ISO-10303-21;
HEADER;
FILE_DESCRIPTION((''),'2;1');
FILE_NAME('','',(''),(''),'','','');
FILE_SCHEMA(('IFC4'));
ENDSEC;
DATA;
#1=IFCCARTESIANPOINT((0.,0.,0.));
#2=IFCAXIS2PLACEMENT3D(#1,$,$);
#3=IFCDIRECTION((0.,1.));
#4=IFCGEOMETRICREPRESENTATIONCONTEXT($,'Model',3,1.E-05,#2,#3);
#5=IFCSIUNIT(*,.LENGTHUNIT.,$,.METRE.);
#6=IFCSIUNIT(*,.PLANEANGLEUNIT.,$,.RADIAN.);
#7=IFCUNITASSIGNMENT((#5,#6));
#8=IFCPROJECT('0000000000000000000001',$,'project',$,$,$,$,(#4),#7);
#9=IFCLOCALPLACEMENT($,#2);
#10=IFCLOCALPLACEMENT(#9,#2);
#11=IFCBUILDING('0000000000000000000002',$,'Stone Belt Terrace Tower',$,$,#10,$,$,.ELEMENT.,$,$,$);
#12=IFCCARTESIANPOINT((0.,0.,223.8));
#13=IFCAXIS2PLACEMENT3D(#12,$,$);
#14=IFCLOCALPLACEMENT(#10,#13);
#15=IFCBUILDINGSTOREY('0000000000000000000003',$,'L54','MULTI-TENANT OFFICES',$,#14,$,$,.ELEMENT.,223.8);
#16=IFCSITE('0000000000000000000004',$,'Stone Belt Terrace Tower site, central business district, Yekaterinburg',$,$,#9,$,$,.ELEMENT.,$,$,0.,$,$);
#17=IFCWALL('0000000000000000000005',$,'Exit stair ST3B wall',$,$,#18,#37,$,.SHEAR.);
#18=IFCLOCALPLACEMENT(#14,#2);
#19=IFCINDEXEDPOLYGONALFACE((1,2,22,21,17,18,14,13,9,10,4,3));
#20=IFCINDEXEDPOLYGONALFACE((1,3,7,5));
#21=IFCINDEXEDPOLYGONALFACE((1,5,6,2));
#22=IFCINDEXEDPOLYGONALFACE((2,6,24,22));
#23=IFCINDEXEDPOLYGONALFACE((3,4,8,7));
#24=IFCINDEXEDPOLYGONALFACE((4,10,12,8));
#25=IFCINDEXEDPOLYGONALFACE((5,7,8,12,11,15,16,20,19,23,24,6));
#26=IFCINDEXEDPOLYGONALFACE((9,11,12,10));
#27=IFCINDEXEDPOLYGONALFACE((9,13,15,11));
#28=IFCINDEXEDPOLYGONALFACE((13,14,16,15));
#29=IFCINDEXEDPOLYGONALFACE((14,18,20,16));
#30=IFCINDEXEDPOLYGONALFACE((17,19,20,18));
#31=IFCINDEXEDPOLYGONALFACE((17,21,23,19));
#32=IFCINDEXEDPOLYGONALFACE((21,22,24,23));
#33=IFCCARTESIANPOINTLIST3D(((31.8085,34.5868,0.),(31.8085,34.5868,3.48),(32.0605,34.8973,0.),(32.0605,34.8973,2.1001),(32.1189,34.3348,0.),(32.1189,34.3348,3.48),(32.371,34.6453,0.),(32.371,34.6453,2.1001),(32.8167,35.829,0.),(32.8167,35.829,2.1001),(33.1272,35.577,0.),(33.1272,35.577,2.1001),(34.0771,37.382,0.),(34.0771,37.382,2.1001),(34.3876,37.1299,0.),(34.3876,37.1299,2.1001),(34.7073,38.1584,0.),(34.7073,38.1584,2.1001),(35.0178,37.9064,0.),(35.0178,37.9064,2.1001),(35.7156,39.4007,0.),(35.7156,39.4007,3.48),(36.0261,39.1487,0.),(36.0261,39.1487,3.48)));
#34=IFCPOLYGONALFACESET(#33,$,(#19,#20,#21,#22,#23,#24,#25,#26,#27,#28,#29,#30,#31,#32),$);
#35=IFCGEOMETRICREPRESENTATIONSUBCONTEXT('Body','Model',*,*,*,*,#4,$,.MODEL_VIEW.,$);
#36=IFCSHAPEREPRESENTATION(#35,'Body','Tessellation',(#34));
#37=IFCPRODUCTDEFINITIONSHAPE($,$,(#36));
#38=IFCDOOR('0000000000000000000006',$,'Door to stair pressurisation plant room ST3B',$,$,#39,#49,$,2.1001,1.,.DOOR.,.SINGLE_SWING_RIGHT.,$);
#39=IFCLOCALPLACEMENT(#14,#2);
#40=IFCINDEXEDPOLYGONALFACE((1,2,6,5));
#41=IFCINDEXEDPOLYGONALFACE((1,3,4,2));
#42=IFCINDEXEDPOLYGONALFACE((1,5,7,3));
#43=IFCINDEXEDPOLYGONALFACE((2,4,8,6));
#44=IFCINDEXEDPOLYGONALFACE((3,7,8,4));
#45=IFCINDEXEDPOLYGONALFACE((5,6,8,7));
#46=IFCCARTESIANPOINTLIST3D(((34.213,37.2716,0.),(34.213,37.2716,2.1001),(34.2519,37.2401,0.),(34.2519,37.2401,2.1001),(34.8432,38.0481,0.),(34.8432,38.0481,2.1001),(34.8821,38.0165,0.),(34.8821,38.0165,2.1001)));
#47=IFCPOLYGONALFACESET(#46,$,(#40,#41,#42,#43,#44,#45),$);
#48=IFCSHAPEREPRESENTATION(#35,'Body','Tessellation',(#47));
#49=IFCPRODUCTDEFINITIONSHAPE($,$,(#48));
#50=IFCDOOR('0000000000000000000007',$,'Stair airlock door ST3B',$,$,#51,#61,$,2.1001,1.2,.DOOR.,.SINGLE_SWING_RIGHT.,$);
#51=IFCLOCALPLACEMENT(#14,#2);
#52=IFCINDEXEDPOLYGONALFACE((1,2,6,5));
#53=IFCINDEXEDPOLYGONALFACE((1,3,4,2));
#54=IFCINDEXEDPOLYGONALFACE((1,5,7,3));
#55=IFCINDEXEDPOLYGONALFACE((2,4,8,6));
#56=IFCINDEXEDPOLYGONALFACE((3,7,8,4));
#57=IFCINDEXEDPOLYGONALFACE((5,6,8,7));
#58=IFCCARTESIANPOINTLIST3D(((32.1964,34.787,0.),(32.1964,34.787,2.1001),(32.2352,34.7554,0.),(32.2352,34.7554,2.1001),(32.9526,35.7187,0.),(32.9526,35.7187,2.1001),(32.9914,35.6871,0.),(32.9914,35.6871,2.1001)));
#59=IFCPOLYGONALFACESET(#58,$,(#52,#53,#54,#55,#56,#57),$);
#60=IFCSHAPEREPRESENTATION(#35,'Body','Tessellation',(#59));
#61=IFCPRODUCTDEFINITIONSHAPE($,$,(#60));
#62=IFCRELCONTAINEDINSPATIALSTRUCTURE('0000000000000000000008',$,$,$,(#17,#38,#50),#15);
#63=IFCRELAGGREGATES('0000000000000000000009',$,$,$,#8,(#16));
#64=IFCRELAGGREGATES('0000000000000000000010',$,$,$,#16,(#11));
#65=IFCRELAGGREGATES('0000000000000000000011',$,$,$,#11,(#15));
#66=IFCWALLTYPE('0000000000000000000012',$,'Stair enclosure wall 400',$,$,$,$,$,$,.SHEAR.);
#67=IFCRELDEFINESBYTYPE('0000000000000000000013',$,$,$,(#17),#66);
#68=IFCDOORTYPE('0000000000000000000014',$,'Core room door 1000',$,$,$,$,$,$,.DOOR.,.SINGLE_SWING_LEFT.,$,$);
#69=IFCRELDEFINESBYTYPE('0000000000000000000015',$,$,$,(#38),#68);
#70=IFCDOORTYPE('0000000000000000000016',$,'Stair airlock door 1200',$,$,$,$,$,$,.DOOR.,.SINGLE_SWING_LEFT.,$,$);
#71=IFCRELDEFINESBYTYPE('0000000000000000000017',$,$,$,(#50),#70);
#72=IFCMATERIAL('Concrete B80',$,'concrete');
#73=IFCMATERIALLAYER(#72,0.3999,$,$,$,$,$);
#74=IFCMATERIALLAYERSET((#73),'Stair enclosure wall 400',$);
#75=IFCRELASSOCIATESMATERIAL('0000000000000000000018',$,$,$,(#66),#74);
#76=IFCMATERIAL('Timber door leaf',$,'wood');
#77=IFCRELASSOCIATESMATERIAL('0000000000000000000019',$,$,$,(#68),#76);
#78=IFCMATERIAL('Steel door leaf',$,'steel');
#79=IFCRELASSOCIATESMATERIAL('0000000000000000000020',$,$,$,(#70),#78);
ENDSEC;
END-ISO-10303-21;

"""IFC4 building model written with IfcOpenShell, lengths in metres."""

from ifc_helpers import new_model, si_unit, direction, frame, frame_2d, origin, place, context, subcontext, project, spatial, rectangle, extrude, material, layer, layer_set, type_object, element, fill, save


model = new_model("IFC4")

# Units and contexts
model_context = context("Model", 3, precision=1e-05, world=origin(), true_north=direction((0.0, 1.0)))
body_context = subcontext(model_context, "Body", "Model", "MODEL_VIEW")
ifc_project = project(units=[si_unit("LENGTHUNIT", "METRE"), si_unit("PLANEANGLEUNIT", "RADIAN")], contexts=[model_context])

# Site, building, storey
site_placement = place(None, origin())
site = spatial("IfcSite", under=ifc_project, at=site_placement, Name="Stone Belt Terrace Tower site, central business district, Yekaterinburg", CompositionType="ELEMENT", RefElevation=0.0)
building_placement = place(site_placement, origin())
building = spatial("IfcBuilding", under=site, at=building_placement, Name="Stone Belt Terrace Tower", CompositionType="ELEMENT")
storey_placement = place(building_placement, frame((0.0, 0.0, 223.8)))
storey = spatial("IfcBuildingStorey", under=building, at=storey_placement, Name="L54", Description="MULTI-TENANT OFFICES", CompositionType="ELEMENT", Elevation=223.8)

# Shared definitions
ifc_material_1 = material(Name="Timber door leaf", Category="wood")

# Wall, openings, doors
ifc_material_2 = material(Name="Concrete B80", Category="concrete")
ifc_layer_1 = layer(ifc_material_2, 0.3999)
ifc_layer_set_1 = layer_set([ifc_layer_1], Name="Stair enclosure wall 400")
wall_type_1 = type_object("IfcWallType", Name="Stair enclosure wall 400", PredefinedType="SHEAR", material=ifc_layer_set_1)
wall_1_placement = place(storey_placement, frame((31.9636, 34.4607, 0.0), z_axis=(0.0, 0.0, 1.0), x_axis=(0.630192, 0.776439, 0.0)))
wall_1 = element("IfcWall", 1, at=wall_1_placement, inside=storey, type_object=wall_type_1, Name="Exit stair ST3B wall", PredefinedType="SHEAR", context=body_context, shape_type="SweptSolid", body=[
    extrude(rectangle(XDim=6.2, YDim=0.3999, at=frame_2d((3.1001, 0.0))), origin(), (0.0, 0.0, 1.0), 3.48),
])
opening_1_placement = place(wall_1_placement, frame((0.3999, 0.0, 0.0)))
opening_1 = element("IfcOpeningElement", 2, at=opening_1_placement, cuts=wall_1, PredefinedType="OPENING", context=body_context, shape_type="SweptSolid", body=[
    extrude(rectangle(XDim=1.2, YDim=2.1001, at=frame_2d((0.6001, 1.05))), frame((0.0, 0.21, 0.0), z_axis=(0.0, -1.0, 0.0), x_axis=(1.0, 0.0, 0.0)), (0.0, 0.0, 1.0), 0.4199),
])
opening_2_placement = place(wall_1_placement, frame((3.6001, 0.0, 0.0)))
opening_2 = element("IfcOpeningElement", 3, at=opening_2_placement, cuts=wall_1, PredefinedType="OPENING", context=body_context, shape_type="SweptSolid", body=[
    extrude(rectangle(XDim=1.0, YDim=2.1001, at=frame_2d((0.5, 1.05))), frame((0.0, 0.21, 0.0), z_axis=(0.0, -1.0, 0.0), x_axis=(1.0, 0.0, 0.0)), (0.0, 0.0, 1.0), 0.4199),
])
door_type_1 = type_object("IfcDoorType", Name="Core room door 1000", OperationType="SINGLE_SWING_LEFT", PredefinedType="DOOR", material=ifc_material_1)
door_1_placement = place(opening_2_placement, origin())
door_1 = element("IfcDoor", 4, at=door_1_placement, inside=storey, type_object=door_type_1, Name="Door to stair pressurisation plant room ST3B", OperationType="SINGLE_SWING_RIGHT", OverallHeight=2.1001, OverallWidth=1.0, PredefinedType="DOOR", context=body_context, shape_type="SweptSolid", body=[
    extrude(rectangle(XDim=1.0, YDim=2.1001, at=frame_2d((0.5, 1.05))), frame((0.0, 0.0249, 0.0), z_axis=(0.0, -1.0, 0.0), x_axis=(1.0, 0.0, 0.0)), (0.0, 0.0, 1.0), 0.05),
])
fill(opening_2, door_1)
ifc_material_3 = material(Name="Steel door leaf", Category="steel")
door_type_2 = type_object("IfcDoorType", Name="Stair airlock door 1200", OperationType="SINGLE_SWING_LEFT", PredefinedType="DOOR", material=ifc_material_3)
door_2_placement = place(opening_1_placement, origin())
door_2 = element("IfcDoor", 5, at=door_2_placement, inside=storey, type_object=door_type_2, Name="Stair airlock door ST3B", OperationType="SINGLE_SWING_RIGHT", OverallHeight=2.1001, OverallWidth=1.2, PredefinedType="DOOR", context=body_context, shape_type="SweptSolid", body=[
    extrude(rectangle(XDim=1.2, YDim=2.1001, at=frame_2d((0.6001, 1.05))), frame((0.0, 0.0249, 0.0), z_axis=(0.0, -1.0, 0.0), x_axis=(1.0, 0.0, 0.0)), (0.0, 0.0, 1.0), 0.05),
])
fill(opening_1, door_2)

save(model, "model.ifc")
